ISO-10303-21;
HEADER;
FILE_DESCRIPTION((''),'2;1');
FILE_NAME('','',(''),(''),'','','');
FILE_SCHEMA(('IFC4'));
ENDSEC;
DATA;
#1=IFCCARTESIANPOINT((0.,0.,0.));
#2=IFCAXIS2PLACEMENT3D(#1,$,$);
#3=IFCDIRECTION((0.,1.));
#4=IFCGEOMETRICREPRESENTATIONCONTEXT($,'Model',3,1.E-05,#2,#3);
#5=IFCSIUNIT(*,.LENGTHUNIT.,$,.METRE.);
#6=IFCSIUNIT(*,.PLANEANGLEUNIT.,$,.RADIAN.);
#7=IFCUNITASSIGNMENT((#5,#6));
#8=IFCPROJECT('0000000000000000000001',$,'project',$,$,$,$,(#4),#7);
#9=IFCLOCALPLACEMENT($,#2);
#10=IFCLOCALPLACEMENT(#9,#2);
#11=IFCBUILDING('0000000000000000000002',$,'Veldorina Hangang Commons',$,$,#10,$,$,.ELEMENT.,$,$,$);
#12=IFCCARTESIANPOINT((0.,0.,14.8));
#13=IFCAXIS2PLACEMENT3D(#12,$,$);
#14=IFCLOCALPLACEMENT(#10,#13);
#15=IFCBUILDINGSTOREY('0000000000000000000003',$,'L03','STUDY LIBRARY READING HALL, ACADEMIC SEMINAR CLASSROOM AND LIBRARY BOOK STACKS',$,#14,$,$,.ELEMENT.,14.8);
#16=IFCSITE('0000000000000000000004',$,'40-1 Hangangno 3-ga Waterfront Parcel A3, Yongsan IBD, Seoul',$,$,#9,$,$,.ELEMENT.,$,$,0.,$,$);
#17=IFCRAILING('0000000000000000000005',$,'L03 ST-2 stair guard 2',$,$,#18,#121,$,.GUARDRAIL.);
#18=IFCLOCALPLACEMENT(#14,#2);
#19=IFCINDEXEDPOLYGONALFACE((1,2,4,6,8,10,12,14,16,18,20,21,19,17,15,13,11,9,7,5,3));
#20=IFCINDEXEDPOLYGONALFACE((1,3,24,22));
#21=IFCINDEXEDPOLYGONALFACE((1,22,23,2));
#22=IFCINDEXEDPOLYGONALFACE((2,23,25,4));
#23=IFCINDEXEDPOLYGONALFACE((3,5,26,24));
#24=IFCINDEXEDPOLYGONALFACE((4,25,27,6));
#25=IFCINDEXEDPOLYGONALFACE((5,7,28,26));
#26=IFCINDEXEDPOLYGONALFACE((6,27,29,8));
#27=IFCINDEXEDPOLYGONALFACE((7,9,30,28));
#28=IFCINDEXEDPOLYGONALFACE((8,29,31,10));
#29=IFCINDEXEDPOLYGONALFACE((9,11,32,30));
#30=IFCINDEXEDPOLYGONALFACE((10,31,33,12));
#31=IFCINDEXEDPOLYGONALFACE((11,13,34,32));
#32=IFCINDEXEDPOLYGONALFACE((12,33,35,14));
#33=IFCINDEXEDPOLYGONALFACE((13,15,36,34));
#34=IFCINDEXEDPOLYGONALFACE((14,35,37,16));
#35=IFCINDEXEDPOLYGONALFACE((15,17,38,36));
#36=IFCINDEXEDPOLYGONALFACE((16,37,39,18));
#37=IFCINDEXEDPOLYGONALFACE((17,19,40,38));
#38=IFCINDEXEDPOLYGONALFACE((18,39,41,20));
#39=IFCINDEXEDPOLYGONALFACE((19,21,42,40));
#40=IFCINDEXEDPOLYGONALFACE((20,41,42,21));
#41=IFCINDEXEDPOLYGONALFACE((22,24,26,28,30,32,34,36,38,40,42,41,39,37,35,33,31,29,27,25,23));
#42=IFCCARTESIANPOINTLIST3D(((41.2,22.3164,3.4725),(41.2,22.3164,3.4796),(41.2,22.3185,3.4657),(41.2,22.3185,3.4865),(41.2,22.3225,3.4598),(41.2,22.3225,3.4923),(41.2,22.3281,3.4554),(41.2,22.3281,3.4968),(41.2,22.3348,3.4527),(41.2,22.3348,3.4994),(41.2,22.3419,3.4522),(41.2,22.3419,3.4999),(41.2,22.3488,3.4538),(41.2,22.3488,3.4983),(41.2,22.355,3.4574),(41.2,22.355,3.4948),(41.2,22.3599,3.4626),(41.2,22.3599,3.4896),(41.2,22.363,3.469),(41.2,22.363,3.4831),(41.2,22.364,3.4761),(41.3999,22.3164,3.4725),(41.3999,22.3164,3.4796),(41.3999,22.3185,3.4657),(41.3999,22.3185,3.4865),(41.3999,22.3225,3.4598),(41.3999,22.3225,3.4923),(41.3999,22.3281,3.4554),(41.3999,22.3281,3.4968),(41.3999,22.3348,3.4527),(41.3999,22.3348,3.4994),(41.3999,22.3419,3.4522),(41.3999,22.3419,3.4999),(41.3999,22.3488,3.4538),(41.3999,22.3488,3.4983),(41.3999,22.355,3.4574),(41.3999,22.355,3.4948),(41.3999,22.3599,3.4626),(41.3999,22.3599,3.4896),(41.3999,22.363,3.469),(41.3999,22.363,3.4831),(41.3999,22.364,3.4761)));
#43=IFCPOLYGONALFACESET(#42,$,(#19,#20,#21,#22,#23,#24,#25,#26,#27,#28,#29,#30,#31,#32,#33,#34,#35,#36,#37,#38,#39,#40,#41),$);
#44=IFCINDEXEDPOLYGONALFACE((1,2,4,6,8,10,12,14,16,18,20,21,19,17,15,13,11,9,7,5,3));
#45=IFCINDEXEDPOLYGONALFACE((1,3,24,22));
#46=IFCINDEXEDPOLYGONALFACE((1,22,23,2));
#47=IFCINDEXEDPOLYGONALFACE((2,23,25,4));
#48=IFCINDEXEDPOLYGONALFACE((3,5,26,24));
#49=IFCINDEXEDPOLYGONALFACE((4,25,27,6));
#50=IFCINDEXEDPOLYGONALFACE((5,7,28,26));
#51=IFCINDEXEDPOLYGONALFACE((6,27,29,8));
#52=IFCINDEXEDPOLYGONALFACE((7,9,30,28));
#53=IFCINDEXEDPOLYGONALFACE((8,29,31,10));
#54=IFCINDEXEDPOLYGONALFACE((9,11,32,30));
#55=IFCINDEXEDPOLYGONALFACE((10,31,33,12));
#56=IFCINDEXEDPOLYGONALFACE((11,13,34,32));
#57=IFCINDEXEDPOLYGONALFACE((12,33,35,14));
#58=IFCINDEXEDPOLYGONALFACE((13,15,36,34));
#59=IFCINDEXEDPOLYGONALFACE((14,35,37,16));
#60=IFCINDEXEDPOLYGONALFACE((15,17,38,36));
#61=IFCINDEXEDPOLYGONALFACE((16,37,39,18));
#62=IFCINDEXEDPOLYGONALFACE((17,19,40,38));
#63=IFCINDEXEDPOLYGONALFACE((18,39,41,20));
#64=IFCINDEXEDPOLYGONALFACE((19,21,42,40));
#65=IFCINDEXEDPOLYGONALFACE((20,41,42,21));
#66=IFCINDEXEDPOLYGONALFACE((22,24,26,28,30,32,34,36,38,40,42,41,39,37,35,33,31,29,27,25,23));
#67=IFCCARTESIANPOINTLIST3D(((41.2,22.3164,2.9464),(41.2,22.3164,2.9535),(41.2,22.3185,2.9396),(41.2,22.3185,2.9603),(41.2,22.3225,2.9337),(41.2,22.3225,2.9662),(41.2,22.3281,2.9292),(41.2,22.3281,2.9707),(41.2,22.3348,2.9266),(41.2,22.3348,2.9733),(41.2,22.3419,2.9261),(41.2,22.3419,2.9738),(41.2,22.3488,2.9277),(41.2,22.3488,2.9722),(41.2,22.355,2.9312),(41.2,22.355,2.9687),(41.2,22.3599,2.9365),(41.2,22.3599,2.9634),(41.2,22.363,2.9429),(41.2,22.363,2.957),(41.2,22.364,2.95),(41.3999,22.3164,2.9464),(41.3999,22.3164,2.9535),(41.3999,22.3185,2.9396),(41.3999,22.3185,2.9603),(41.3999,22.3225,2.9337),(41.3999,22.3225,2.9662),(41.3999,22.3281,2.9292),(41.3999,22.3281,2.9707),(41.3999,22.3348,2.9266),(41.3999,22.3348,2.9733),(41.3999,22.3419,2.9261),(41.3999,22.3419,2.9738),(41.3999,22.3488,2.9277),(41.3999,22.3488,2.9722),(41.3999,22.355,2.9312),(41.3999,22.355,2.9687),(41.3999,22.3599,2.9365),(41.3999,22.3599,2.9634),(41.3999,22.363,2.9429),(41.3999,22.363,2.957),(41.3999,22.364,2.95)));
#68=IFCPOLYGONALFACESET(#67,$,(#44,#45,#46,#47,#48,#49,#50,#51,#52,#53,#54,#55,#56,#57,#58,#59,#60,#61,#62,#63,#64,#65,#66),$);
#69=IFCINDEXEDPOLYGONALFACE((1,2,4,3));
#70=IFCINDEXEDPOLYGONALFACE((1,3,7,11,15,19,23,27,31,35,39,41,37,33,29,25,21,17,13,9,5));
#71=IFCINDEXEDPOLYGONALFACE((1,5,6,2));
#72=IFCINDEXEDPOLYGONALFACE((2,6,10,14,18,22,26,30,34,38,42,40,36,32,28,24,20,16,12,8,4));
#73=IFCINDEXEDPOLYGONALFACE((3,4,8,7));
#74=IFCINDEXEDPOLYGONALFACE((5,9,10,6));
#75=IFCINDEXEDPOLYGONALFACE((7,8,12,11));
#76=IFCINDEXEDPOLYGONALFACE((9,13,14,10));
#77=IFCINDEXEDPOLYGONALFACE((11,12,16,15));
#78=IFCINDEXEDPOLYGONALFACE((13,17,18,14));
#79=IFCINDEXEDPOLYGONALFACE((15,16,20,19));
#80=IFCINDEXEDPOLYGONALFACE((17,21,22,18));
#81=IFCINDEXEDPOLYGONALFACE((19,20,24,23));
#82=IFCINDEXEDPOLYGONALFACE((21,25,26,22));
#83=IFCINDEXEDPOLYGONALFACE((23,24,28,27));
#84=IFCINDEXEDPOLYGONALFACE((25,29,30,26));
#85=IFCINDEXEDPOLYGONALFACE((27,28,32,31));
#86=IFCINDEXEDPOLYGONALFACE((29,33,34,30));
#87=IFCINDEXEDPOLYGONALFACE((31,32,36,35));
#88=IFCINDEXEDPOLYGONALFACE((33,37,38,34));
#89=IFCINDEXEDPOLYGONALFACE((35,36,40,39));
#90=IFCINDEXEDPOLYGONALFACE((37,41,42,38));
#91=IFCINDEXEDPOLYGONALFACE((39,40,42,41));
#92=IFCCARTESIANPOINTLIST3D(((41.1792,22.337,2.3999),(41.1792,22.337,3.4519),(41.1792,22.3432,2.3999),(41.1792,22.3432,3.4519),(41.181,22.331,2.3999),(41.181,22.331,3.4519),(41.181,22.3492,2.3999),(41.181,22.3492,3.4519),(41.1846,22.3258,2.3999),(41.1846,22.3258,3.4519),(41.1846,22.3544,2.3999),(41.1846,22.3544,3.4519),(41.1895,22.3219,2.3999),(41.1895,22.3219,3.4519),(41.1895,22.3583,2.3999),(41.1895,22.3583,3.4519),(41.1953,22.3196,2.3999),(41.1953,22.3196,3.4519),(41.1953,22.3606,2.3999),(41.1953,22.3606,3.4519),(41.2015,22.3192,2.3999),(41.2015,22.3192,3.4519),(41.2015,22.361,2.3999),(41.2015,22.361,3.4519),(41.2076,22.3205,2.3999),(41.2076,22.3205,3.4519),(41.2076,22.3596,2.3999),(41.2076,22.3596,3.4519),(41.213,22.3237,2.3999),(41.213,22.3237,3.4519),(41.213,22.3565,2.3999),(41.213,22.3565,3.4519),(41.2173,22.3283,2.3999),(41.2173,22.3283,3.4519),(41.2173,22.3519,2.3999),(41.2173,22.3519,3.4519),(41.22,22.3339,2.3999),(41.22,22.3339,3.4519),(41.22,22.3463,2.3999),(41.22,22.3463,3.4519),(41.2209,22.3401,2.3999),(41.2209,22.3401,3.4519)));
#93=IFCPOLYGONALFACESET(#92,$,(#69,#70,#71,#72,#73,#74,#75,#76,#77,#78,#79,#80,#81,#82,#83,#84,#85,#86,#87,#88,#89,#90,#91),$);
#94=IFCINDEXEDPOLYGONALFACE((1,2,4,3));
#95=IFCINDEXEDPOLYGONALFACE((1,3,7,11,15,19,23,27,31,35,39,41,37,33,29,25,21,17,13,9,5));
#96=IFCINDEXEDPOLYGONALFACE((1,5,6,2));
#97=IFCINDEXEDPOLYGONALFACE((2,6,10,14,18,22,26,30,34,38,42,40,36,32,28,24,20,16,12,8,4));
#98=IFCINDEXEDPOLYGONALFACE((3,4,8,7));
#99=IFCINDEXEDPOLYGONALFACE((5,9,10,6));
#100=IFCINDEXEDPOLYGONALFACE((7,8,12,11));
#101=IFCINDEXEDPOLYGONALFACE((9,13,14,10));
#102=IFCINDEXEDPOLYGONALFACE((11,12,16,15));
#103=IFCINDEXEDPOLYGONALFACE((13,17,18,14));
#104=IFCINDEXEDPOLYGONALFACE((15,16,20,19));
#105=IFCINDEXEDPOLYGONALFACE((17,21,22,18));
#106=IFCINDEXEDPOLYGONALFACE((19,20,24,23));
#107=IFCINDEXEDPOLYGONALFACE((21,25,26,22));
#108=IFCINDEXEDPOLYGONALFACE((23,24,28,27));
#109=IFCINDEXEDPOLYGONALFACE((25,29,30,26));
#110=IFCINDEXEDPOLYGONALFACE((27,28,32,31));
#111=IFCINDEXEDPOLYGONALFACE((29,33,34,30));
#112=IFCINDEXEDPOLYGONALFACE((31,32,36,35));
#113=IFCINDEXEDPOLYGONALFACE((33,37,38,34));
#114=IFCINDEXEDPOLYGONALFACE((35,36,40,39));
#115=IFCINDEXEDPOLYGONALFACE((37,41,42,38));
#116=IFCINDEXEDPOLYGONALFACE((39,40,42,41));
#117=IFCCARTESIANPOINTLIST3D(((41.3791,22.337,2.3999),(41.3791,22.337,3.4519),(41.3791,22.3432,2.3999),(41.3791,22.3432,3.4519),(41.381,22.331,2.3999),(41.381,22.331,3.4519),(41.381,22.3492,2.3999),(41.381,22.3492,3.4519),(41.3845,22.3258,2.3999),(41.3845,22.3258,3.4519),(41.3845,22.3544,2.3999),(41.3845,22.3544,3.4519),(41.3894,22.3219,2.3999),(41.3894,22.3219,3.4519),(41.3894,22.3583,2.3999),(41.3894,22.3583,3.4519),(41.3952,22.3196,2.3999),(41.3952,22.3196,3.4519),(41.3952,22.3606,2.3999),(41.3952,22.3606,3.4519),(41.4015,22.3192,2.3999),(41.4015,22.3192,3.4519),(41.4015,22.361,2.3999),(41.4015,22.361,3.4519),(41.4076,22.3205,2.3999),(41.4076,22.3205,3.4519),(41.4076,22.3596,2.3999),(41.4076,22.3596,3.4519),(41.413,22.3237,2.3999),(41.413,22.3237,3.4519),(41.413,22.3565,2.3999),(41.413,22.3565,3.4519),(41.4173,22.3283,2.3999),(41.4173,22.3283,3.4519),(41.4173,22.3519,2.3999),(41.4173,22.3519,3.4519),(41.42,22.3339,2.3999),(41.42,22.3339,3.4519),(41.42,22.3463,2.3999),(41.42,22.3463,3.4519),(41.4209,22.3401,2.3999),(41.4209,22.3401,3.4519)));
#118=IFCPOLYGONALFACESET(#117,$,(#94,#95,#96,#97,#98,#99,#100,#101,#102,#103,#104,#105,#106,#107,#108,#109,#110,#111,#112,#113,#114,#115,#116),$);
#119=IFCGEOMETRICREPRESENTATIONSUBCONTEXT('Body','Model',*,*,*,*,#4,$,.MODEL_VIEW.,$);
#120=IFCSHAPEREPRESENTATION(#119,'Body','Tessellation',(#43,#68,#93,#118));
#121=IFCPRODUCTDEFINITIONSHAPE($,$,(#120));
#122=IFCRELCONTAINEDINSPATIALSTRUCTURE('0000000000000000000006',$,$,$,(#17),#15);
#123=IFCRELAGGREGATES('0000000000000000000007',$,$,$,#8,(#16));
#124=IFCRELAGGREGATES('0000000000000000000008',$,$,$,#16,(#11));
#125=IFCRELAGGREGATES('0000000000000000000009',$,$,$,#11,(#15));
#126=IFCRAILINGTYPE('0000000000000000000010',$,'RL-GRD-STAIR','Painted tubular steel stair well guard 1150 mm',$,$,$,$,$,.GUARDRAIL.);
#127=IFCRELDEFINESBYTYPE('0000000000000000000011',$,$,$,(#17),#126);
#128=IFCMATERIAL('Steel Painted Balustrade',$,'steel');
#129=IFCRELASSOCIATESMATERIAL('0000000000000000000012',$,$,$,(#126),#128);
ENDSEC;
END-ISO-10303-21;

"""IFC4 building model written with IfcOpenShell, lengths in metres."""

from ifc_helpers import new_model, si_unit, direction, frame, origin, origin_2d, place, context, subcontext, project, spatial, circle, extrude, material, type_object, element, save


model = new_model("IFC4")

# Units and contexts
model_context = context("Model", 3, precision=1e-05, world=origin(), true_north=direction((0.0, 1.0)))
body_context = subcontext(model_context, "Body", "Model", "MODEL_VIEW")
ifc_project = project(units=[si_unit("LENGTHUNIT", "METRE"), si_unit("PLANEANGLEUNIT", "RADIAN")], contexts=[model_context])

# Site, building, storey
site_placement = place(None, origin())
site = spatial("IfcSite", under=ifc_project, at=site_placement, Name="40-1 Hangangno 3-ga Waterfront Parcel A3, Yongsan IBD, Seoul", CompositionType="ELEMENT", RefElevation=0.0)
building_placement = place(site_placement, origin())
building = spatial("IfcBuilding", under=site, at=building_placement, Name="Veldorina Hangang Commons", CompositionType="ELEMENT")
storey_placement = place(building_placement, frame((0.0, 0.0, 14.8)))
storey = spatial("IfcBuildingStorey", under=building, at=storey_placement, Name="L03", Description="STUDY LIBRARY READING HALL, ACADEMIC SEMINAR CLASSROOM AND LIBRARY BOOK STACKS", CompositionType="ELEMENT", Elevation=14.8)

# Railing
ifc_material_1 = material(Name="Steel Painted Balustrade", Category="steel")
railing_type_1 = type_object("IfcRailingType", Name="RL-GRD-STAIR", Description="Painted tubular steel stair well guard 1150 mm", PredefinedType="GUARDRAIL", material=ifc_material_1)
railing_1_placement = place(storey_placement, frame((41.2, 22.3401, 2.3999)))
element("IfcRailing", 1, at=railing_1_placement, inside=storey, type_object=railing_type_1, Name="L03 ST-2 stair guard 2", PredefinedType="GUARDRAIL", context=body_context, shape_type="SweptSolid", body=[
    extrude(circle(Radius=0.0239, at=origin_2d()), frame((0.0, 0.0, 1.0762), z_axis=(1.0, 0.0, 0.0), x_axis=(0.0, 1.0, 0.0)), (0.0, 0.0, 1.0), 0.2),
    extrude(circle(Radius=0.0239, at=origin_2d()), frame((0.0, 0.0, 0.55), z_axis=(1.0, 0.0, 0.0), x_axis=(0.0, 1.0, 0.0)), (0.0, 0.0, 1.0), 0.2),
    extrude(circle(Radius=0.021, at=origin_2d()), origin(), (0.0, 0.0, 1.0), 1.052),
    extrude(circle(Radius=0.021, at=origin_2d()), frame((0.2, 0.0, 0.0)), (0.0, 0.0, 1.0), 1.052),
])

save(model, "model.ifc")
